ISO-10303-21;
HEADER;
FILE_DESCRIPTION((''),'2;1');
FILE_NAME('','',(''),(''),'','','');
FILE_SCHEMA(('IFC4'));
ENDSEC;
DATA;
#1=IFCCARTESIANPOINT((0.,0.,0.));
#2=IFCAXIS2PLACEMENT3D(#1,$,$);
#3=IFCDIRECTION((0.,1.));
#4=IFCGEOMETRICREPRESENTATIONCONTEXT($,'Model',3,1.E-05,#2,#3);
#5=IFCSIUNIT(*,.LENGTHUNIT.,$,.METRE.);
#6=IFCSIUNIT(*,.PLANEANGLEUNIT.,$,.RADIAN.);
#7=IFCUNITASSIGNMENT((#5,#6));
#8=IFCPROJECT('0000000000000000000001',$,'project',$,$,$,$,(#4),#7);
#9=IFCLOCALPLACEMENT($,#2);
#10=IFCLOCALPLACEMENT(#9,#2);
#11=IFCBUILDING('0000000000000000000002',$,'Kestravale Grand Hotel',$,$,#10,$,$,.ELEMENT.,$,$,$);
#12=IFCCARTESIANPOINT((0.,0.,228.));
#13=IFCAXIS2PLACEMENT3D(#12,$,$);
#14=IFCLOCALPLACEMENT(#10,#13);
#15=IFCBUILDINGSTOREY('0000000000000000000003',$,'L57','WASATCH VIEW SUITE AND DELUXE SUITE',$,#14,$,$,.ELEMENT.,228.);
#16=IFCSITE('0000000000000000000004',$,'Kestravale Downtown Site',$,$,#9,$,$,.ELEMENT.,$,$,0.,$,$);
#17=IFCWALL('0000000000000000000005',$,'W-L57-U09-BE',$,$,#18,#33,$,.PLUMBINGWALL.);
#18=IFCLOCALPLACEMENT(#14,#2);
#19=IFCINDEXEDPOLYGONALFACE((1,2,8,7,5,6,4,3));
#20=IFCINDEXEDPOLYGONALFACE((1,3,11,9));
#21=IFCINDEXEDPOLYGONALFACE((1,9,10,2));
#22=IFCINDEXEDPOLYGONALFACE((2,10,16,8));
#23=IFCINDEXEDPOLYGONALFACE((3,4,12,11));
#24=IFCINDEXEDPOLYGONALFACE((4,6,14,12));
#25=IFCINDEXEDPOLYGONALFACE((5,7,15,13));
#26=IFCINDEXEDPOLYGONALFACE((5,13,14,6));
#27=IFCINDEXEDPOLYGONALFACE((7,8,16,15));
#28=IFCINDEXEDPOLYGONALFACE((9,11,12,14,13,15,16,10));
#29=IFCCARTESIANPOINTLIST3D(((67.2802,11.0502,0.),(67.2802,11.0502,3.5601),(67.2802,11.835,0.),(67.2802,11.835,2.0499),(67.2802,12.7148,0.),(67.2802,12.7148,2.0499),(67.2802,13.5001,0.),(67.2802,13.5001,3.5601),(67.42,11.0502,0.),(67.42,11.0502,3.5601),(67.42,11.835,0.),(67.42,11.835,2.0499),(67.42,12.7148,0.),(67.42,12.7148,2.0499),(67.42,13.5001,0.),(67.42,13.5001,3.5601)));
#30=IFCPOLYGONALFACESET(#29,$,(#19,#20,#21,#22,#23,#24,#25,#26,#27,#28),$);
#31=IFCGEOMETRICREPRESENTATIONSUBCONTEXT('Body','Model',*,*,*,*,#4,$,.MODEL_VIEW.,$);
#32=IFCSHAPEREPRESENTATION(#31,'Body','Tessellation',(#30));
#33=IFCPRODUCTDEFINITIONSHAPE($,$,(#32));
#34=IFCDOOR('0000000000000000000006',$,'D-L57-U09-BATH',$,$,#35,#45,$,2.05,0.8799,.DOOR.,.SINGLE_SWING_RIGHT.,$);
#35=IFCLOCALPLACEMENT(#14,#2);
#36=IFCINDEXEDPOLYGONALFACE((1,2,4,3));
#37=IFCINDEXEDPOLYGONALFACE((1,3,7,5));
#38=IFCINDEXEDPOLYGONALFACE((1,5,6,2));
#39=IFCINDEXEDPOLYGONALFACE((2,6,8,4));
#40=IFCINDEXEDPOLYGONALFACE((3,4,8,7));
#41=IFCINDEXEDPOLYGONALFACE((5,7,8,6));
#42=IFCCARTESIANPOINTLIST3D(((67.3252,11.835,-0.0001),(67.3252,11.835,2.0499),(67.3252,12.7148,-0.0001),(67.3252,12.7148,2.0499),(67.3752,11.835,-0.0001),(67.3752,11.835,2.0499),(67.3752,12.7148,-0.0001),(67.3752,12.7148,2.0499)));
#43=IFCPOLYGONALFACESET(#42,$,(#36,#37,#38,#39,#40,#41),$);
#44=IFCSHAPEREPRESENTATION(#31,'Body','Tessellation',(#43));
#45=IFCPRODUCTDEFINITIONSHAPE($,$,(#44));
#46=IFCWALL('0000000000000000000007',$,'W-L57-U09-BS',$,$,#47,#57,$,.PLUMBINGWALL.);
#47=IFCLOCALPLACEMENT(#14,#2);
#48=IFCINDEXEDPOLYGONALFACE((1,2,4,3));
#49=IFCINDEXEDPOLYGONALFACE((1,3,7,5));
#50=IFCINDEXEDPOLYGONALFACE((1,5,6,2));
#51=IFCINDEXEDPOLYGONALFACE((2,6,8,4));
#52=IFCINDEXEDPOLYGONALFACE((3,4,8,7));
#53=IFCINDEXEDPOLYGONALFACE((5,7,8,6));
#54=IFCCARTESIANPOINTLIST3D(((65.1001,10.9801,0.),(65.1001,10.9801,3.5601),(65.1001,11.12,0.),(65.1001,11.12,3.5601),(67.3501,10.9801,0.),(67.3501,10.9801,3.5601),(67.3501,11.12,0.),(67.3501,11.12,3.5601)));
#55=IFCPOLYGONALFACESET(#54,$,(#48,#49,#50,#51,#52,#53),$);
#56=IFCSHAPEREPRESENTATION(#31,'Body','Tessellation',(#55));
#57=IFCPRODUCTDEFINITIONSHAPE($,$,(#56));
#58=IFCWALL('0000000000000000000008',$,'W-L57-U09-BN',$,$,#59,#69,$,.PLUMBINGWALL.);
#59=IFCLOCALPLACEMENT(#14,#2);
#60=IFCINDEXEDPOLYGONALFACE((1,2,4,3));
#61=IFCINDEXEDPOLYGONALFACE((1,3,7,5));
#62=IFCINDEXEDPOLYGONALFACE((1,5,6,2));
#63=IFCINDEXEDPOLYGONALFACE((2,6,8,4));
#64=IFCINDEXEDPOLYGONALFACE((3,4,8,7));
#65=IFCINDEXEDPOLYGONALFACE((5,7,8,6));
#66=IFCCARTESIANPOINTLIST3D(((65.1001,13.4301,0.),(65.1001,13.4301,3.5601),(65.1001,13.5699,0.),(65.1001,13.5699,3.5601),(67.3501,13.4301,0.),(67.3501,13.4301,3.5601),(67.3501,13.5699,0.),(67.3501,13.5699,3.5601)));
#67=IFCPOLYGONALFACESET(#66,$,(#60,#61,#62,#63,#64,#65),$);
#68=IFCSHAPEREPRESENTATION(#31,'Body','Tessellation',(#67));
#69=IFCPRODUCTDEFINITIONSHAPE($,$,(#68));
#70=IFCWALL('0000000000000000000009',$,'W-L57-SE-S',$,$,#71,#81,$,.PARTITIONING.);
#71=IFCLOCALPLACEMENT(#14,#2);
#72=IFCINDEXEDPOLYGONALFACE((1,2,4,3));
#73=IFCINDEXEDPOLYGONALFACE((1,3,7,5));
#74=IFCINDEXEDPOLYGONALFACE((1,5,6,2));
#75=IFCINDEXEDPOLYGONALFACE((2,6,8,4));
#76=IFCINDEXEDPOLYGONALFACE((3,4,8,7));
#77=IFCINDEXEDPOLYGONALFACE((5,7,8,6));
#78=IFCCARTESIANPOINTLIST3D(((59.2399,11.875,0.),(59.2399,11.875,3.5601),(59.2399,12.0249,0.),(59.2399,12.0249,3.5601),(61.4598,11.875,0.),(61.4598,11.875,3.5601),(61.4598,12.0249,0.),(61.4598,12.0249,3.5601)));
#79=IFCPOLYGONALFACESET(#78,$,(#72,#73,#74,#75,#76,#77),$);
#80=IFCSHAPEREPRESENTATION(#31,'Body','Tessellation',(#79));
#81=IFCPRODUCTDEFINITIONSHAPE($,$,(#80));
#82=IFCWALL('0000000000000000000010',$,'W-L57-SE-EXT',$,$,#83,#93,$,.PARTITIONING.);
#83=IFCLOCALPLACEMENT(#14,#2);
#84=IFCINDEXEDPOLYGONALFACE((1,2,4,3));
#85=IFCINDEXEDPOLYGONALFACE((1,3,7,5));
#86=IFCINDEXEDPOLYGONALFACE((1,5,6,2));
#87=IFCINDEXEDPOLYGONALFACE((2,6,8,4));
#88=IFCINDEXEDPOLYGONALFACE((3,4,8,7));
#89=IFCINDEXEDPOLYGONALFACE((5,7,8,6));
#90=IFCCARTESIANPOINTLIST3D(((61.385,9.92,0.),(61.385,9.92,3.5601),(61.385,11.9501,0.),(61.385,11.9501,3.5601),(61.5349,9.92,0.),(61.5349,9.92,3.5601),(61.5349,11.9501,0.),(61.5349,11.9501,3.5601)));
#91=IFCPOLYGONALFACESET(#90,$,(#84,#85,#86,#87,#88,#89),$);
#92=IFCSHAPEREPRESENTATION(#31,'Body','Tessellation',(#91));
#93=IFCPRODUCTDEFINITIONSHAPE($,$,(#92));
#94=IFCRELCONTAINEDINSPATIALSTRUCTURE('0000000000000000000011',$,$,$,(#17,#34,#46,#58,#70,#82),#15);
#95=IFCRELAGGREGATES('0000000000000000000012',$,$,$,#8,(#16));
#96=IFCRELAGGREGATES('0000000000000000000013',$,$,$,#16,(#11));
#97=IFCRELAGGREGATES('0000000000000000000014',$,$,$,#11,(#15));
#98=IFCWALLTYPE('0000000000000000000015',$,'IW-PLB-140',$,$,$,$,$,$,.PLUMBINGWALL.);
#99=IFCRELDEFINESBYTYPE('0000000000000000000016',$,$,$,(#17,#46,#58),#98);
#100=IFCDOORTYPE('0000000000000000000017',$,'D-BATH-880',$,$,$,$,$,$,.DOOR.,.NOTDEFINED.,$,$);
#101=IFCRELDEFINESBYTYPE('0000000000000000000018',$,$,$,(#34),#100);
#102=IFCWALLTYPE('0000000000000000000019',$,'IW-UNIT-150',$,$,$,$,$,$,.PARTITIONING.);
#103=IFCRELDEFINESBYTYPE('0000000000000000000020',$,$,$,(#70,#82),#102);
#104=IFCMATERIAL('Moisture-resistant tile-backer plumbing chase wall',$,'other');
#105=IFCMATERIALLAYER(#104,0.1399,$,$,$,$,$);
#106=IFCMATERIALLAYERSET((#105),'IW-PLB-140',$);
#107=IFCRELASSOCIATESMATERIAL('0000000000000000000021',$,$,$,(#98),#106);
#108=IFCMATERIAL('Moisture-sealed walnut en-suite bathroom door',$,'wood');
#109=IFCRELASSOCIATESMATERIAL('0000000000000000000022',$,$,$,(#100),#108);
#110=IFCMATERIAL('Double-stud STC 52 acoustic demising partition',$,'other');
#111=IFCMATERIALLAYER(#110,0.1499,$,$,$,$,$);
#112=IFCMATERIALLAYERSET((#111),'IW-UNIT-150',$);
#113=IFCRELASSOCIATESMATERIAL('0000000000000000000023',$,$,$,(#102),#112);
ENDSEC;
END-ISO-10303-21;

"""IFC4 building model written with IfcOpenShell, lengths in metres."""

from ifc_helpers import new_model, si_unit, direction, frame, frame_2d, origin, place, context, subcontext, project, spatial, rectangle, extrude, material, layer, layer_set, type_object, element, fill, save


model = new_model("IFC4")

# Units and contexts
model_context = context("Model", 3, precision=1e-05, world=origin(), true_north=direction((0.0, 1.0)))
body_context = subcontext(model_context, "Body", "Model", "MODEL_VIEW")
ifc_project = project(units=[si_unit("LENGTHUNIT", "METRE"), si_unit("PLANEANGLEUNIT", "RADIAN")], contexts=[model_context])

# Site, building, storey
site_placement = place(None, origin())
site = spatial("IfcSite", under=ifc_project, at=site_placement, Name="Kestravale Downtown Site", CompositionType="ELEMENT", RefElevation=0.0)
building_placement = place(site_placement, origin())
building = spatial("IfcBuilding", under=site, at=building_placement, Name="Kestravale Grand Hotel", CompositionType="ELEMENT")
storey_placement = place(building_placement, frame((0.0, 0.0, 228.0)))
storey = spatial("IfcBuildingStorey", under=building, at=storey_placement, Name="L57", Description="WASATCH VIEW SUITE AND DELUXE SUITE", CompositionType="ELEMENT", Elevation=228.0)

# Shared definitions
ifc_material_1 = material(Name="Moisture-resistant tile-backer plumbing chase wall", Category="other")
ifc_layer_1 = layer(ifc_material_1, 0.1399)
ifc_layer_set_1 = layer_set([ifc_layer_1], Name="IW-PLB-140")
wall_type_1 = type_object("IfcWallType", Name="IW-PLB-140", PredefinedType="PLUMBINGWALL", material=ifc_layer_set_1)
ifc_material_2 = material(Name="Moisture-sealed walnut en-suite bathroom door", Category="wood")
door_type_1 = type_object("IfcDoorType", Name="D-BATH-880", OperationType="NOTDEFINED", PredefinedType="DOOR", material=ifc_material_2)

# Wall, opening, door
wall_1_placement = place(storey_placement, frame((67.3501, 11.05, 0.0), z_axis=(0.0, 0.0, 1.0), x_axis=(0.0, 1.0, 0.0)))
wall_1 = element("IfcWall", 1, at=wall_1_placement, inside=storey, type_object=wall_type_1, Name="W-L57-U09-BE", PredefinedType="PLUMBINGWALL", context=body_context, shape_type="SweptSolid", body=[
    extrude(rectangle(XDim=2.45, YDim=0.1399, at=frame_2d((1.2251, 0.0))), origin(), (0.0, 0.0, 1.0), 3.5601),
])
opening_1_placement = place(wall_1_placement, frame((0.7849, 0.0, 0.0)))
opening_1 = element("IfcOpeningElement", 2, at=opening_1_placement, cuts=wall_1, PredefinedType="OPENING", context=body_context, shape_type="SweptSolid", body=[
    extrude(rectangle(XDim=0.8799, YDim=2.05, at=frame_2d((0.4399, 1.0249))), frame((0.0, 0.0798, 0.0), z_axis=(0.0, -1.0, 0.0), x_axis=(1.0, 0.0, 0.0)), (0.0, 0.0, 1.0), 0.1599),
])
door_1_placement = place(opening_1_placement, origin())
door_1 = element("IfcDoor", 3, at=door_1_placement, inside=storey, type_object=door_type_1, Name="D-L57-U09-BATH", OperationType="SINGLE_SWING_RIGHT", OverallHeight=2.05, OverallWidth=0.8799, PredefinedType="DOOR", context=body_context, shape_type="SweptSolid", body=[
    extrude(rectangle(XDim=0.8799, YDim=2.05, at=frame_2d((0.4399, 1.0249))), frame((0.0, 0.0249, 0.0), z_axis=(0.0, -1.0, 0.0), x_axis=(1.0, 0.0, 0.0)), (0.0, 0.0, 1.0), 0.05),
])
fill(opening_1, door_1)

# Walls
for number, where, z_axis, x_axis, name in (
    (4, (65.1001, 11.05, 0.0), (0.0, 0.0, 1.0), (1.0, 0.0, 0.0), "W-L57-U09-BS"),
    (5, (65.1001, 13.5, 0.0), (0.0, 0.0, 1.0), (1.0, 0.0, 0.0), "W-L57-U09-BN"),
):
    element("IfcWall", number, at=place(storey_placement, frame(where, z_axis=z_axis, x_axis=x_axis)), inside=storey, type_object=wall_type_1, Name=name, PredefinedType="PLUMBINGWALL", context=body_context, shape_type="SweptSolid", body=[
        extrude(rectangle(XDim=2.25, YDim=0.1399, at=frame_2d((1.125, 0.0))), origin(), (0.0, 0.0, 1.0), 3.5601),
    ])
ifc_material_3 = material(Name="Double-stud STC 52 acoustic demising partition", Category="other")
ifc_layer_2 = layer(ifc_material_3, 0.1499)
ifc_layer_set_2 = layer_set([ifc_layer_2], Name="IW-UNIT-150")
wall_type_2 = type_object("IfcWallType", Name="IW-UNIT-150", PredefinedType="PARTITIONING", material=ifc_layer_set_2)
wall_2_placement = place(storey_placement, frame((59.24, 11.95, 0.0), z_axis=(0.0, 0.0, 1.0), x_axis=(1.0, 0.0, 0.0)))
element("IfcWall", 6, at=wall_2_placement, inside=storey, type_object=wall_type_2, Name="W-L57-SE-S", PredefinedType="PARTITIONING", context=body_context, shape_type="SweptSolid", body=[
    extrude(rectangle(XDim=2.22, YDim=0.1499, at=frame_2d((1.1099, 0.0))), origin(), (0.0, 0.0, 1.0), 3.5601),
])
wall_3_placement = place(storey_placement, frame((61.46, 9.9199, 0.0), z_axis=(0.0, 0.0, 1.0), x_axis=(0.0, 1.0, 0.0)))
element("IfcWall", 7, at=wall_3_placement, inside=storey, type_object=wall_type_2, Name="W-L57-SE-EXT", PredefinedType="PARTITIONING", context=body_context, shape_type="SweptSolid", body=[
    extrude(rectangle(XDim=2.03, YDim=0.1499, at=frame_2d((1.0151, 0.0))), origin(), (0.0, 0.0, 1.0), 3.5601),
])

save(model, "model.ifc")
